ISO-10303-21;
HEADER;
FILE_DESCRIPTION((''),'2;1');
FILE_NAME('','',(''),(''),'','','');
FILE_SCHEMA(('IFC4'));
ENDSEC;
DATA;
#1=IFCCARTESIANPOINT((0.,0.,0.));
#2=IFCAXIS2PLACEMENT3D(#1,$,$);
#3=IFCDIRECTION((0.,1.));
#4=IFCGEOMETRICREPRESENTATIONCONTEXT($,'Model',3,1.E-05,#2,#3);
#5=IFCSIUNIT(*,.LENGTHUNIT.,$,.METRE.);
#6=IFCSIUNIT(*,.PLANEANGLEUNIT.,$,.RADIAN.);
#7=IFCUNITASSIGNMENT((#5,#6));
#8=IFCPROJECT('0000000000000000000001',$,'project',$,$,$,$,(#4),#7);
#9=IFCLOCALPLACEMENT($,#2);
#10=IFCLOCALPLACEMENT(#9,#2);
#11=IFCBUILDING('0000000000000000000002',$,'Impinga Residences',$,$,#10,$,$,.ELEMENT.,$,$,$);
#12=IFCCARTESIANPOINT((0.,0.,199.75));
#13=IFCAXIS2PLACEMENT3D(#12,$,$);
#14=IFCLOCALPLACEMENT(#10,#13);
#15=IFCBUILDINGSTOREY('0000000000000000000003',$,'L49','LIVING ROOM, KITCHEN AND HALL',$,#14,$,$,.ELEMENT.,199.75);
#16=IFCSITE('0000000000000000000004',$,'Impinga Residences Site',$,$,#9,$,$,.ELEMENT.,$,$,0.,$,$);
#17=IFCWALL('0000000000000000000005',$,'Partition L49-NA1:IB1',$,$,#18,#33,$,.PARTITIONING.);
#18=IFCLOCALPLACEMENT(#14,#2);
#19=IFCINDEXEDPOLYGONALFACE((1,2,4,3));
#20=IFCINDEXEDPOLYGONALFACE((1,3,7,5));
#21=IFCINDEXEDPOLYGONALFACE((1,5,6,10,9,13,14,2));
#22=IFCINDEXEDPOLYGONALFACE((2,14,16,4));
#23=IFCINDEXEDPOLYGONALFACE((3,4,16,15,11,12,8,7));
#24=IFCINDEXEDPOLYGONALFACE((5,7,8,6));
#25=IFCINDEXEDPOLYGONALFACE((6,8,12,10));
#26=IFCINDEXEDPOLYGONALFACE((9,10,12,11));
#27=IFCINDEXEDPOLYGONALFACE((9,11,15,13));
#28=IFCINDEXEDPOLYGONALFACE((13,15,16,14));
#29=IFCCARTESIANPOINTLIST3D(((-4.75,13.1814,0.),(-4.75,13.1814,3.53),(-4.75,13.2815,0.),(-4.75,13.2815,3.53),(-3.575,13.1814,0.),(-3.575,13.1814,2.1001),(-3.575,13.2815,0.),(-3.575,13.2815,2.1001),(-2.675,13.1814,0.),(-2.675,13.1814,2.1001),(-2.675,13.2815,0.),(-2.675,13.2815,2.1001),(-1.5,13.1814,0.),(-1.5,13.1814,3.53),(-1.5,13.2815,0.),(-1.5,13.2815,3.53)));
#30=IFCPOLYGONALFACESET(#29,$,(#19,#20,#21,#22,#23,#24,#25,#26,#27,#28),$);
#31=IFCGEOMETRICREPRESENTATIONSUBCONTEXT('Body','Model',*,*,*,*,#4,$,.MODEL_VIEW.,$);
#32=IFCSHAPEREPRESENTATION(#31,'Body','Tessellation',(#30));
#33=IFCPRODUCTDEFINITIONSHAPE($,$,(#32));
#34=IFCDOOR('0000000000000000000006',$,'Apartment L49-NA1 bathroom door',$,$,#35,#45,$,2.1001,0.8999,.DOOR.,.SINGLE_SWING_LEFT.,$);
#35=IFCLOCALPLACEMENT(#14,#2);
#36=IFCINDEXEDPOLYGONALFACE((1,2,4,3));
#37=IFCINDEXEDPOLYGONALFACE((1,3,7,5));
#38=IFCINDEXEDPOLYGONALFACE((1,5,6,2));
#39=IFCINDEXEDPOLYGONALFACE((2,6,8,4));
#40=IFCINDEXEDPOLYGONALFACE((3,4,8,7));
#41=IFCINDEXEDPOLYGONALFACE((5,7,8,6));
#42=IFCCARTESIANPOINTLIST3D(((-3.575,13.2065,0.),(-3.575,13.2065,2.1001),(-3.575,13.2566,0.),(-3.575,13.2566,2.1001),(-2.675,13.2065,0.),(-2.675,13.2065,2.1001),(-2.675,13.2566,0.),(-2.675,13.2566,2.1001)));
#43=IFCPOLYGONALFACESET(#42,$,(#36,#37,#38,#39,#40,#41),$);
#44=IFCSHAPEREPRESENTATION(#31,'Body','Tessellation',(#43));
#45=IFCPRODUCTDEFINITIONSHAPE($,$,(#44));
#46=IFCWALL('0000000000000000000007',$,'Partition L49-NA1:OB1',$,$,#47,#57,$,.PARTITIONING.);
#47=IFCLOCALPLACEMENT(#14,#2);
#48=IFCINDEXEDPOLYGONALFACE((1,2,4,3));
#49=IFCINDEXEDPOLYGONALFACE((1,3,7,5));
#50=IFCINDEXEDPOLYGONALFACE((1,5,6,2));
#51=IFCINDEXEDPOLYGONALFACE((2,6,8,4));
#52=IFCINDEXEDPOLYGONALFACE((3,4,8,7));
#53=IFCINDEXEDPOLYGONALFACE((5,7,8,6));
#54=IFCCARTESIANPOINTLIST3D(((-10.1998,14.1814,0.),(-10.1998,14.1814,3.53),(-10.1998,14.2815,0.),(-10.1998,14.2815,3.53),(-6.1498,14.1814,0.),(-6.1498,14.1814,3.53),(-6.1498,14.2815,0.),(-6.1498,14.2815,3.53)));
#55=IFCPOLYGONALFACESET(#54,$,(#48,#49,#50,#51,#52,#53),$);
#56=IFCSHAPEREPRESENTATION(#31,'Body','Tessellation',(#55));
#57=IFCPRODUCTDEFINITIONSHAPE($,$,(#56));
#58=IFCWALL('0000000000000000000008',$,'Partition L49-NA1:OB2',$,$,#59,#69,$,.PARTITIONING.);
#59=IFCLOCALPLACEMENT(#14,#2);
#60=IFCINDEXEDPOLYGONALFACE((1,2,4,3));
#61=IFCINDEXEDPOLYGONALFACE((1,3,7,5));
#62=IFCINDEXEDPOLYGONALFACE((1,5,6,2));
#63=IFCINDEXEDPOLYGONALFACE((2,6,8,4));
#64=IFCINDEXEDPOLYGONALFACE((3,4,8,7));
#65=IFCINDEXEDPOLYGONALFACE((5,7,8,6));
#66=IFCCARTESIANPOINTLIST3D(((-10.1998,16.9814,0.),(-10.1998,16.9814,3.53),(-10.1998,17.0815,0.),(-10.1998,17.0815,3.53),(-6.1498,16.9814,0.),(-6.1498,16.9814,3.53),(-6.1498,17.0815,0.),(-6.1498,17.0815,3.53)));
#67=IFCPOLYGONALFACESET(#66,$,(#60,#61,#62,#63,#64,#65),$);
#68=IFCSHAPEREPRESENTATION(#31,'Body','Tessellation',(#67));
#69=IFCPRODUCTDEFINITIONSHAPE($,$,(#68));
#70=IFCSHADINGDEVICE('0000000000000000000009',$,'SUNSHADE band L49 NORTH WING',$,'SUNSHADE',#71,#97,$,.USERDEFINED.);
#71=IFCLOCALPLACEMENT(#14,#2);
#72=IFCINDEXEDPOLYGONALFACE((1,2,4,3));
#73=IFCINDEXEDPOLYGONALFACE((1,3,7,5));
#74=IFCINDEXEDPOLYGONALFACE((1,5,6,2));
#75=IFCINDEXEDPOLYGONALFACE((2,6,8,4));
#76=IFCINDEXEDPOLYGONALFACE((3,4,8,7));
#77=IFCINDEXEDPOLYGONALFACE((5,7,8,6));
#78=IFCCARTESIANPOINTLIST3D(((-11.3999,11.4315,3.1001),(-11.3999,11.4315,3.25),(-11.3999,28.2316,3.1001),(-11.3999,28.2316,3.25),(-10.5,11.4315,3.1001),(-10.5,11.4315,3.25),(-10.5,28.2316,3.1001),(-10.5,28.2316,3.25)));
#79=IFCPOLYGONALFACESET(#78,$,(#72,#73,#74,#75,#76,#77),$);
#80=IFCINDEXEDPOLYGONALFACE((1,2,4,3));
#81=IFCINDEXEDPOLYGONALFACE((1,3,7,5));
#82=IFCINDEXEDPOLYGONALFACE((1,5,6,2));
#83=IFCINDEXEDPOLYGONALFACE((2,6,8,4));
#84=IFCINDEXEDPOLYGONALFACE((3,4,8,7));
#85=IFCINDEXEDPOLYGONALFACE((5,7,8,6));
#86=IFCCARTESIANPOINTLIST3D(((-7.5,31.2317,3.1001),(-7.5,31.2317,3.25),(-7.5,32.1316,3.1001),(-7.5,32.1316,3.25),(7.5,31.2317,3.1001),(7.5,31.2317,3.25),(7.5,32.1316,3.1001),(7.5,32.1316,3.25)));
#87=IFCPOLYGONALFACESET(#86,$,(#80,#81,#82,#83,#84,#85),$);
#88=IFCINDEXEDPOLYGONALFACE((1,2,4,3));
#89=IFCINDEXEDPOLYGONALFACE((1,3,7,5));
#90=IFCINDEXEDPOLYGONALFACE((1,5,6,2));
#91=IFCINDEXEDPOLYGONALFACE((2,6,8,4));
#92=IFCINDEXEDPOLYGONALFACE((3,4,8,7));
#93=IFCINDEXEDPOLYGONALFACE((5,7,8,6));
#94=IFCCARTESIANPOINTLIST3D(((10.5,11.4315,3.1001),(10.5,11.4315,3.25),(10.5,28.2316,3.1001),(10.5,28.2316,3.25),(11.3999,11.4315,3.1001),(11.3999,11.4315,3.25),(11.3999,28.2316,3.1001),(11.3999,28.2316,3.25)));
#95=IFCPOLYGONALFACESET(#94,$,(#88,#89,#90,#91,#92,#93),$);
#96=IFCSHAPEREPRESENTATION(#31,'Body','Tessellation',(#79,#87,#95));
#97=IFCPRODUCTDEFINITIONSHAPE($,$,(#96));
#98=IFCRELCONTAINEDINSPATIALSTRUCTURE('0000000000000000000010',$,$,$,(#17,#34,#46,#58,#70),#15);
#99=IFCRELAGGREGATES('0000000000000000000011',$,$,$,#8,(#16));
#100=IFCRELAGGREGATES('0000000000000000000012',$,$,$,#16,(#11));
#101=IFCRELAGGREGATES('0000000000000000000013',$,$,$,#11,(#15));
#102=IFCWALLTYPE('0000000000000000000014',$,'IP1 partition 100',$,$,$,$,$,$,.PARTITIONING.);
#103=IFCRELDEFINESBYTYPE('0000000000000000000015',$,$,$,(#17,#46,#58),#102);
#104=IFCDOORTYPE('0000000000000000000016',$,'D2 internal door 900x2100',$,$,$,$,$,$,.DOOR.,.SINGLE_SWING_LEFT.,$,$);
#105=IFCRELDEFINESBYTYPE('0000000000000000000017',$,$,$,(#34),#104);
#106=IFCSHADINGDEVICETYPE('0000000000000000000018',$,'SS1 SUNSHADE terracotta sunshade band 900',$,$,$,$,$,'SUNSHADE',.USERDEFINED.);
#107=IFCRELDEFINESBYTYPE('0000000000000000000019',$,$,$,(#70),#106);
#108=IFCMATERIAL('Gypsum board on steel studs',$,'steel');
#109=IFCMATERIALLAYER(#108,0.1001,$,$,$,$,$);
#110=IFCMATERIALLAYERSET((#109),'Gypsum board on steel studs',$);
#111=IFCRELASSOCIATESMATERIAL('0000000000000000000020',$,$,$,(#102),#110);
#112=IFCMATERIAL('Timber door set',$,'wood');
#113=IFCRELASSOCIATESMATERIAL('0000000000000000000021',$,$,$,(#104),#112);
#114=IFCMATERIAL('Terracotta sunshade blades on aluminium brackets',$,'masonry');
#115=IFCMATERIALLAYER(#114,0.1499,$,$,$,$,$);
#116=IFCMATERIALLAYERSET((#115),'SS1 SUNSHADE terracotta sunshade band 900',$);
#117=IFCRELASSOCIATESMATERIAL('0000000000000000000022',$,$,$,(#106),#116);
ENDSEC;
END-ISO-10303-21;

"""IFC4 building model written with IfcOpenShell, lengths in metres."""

from ifc_helpers import new_model, si_unit, direction, frame, frame_2d, origin, origin_2d, place, context, subcontext, project, spatial, rectangle, extrude, material, layer, layer_set, type_object, element, fill, save


model = new_model("IFC4")

# Units and contexts
model_context = context("Model", 3, precision=1e-05, world=origin(), true_north=direction((0.0, 1.0)))
body_context = subcontext(model_context, "Body", "Model", "MODEL_VIEW")
ifc_project = project(units=[si_unit("LENGTHUNIT", "METRE"), si_unit("PLANEANGLEUNIT", "RADIAN")], contexts=[model_context])

# Site, building, storey
site_placement = place(None, origin())
site = spatial("IfcSite", under=ifc_project, at=site_placement, Name="Impinga Residences Site", CompositionType="ELEMENT", RefElevation=0.0)
building_placement = place(site_placement, origin())
building = spatial("IfcBuilding", under=site, at=building_placement, Name="Impinga Residences", CompositionType="ELEMENT")
storey_placement = place(building_placement, frame((0.0, 0.0, 199.75)))
storey = spatial("IfcBuildingStorey", under=building, at=storey_placement, Name="L49", Description="LIVING ROOM, KITCHEN AND HALL", CompositionType="ELEMENT", Elevation=199.75)

# Shared definitions
ifc_material_1 = material(Name="Gypsum board on steel studs", Category="steel")
ifc_layer_1 = layer(ifc_material_1, 0.1001)
ifc_layer_set_1 = layer_set([ifc_layer_1], Name="Gypsum board on steel studs")
wall_type_1 = type_object("IfcWallType", Name="IP1 partition 100", PredefinedType="PARTITIONING", material=ifc_layer_set_1)

# Shared definitions
ifc_material_2 = material(Name="Timber door set", Category="wood")
door_type = type_object("IfcDoorType", Name="D2 internal door 900x2100", OperationType="SINGLE_SWING_LEFT", PredefinedType="DOOR", material=ifc_material_2)

# Wall, opening, door
wall_1_placement = place(storey_placement, frame((-1.5, 13.2314, 0.0), z_axis=(0.0, 0.0, 1.0), x_axis=(-1.0, 0.0, 0.0)))
wall_1 = element("IfcWall", 1, at=wall_1_placement, inside=storey, type_object=wall_type_1, Name="Partition L49-NA1:IB1", PredefinedType="PARTITIONING", context=body_context, shape_type="SweptSolid", body=[
    extrude(rectangle(XDim=3.25, YDim=0.1001, at=frame_2d((1.625, 0.0))), origin(), (0.0, 0.0, 1.0), 3.53),
])
opening_1_placement = place(wall_1_placement, frame((1.175, 0.0, 0.0)))
opening_1 = element("IfcOpeningElement", 2, at=opening_1_placement, cuts=wall_1, PredefinedType="OPENING", context=body_context, shape_type="SweptSolid", body=[
    extrude(rectangle(XDim=0.8999, YDim=2.1001, at=frame_2d((0.45, 1.05))), frame((0.0, 0.0601, 0.0), z_axis=(0.0, -1.0, 0.0), x_axis=(1.0, 0.0, 0.0)), (0.0, 0.0, 1.0), 0.1201),
])
door_1_placement = place(opening_1_placement, origin())
door_1 = element("IfcDoor", 3, at=door_1_placement, inside=storey, type_object=door_type, Name="Apartment L49-NA1 bathroom door", OperationType="SINGLE_SWING_LEFT", OverallHeight=2.1001, OverallWidth=0.8999, PredefinedType="DOOR", context=body_context, shape_type="SweptSolid", body=[
    extrude(rectangle(XDim=0.8999, YDim=2.1001, at=frame_2d((0.45, 1.05))), frame((0.0, 0.0249, 0.0), z_axis=(0.0, -1.0, 0.0), x_axis=(1.0, 0.0, 0.0)), (0.0, 0.0, 1.0), 0.05),
])
fill(opening_1, door_1)

# Walls
for number, where, z_axis, x_axis, name in (
    (4, (-6.1499, 14.2314, 0.0), (0.0, 0.0, 1.0), (-1.0, 0.0, 0.0), "Partition L49-NA1:OB1"),
    (5, (-6.1499, 17.0315, 0.0), (0.0, 0.0, 1.0), (-1.0, 0.0, 0.0), "Partition L49-NA1:OB2"),
):
    element("IfcWall", number, at=place(storey_placement, frame(where, z_axis=z_axis, x_axis=x_axis)), inside=storey, type_object=wall_type_1, Name=name, PredefinedType="PARTITIONING", context=body_context, shape_type="SweptSolid", body=[
        extrude(rectangle(XDim=4.05, YDim=0.1001, at=frame_2d((2.0249, 0.0))), origin(), (0.0, 0.0, 1.0), 3.53),
    ])

# Shading device
ifc_material_3 = material(Name="Terracotta sunshade blades on aluminium brackets", Category="masonry")
ifc_layer_2 = layer(ifc_material_3, 0.1499)
ifc_layer_set_2 = layer_set([ifc_layer_2], Name="SS1 SUNSHADE terracotta sunshade band 900")
shading_device_type = type_object("IfcShadingDeviceType", Name="SS1 SUNSHADE terracotta sunshade band 900", ElementType="SUNSHADE", PredefinedType="USERDEFINED", material=ifc_layer_set_2)
shading_device_placement = place(storey_placement, frame((-10.95, 19.8315, 3.1001), z_axis=(0.0, 0.0, 1.0), x_axis=(0.0, 1.0, 0.0)))
element("IfcShadingDevice", 6, at=shading_device_placement, inside=storey, type_object=shading_device_type, Name="SUNSHADE band L49 NORTH WING", ObjectType="SUNSHADE", PredefinedType="USERDEFINED", context=body_context, shape_type="SweptSolid", body=[
    extrude(rectangle(XDim=16.8, YDim=0.8999, at=origin_2d()), origin(), (0.0, 0.0, 1.0), 0.1499),
    extrude(rectangle(XDim=15.0, YDim=0.8999, at=origin_2d()), frame((11.8501, -10.95, 0.0), z_axis=(0.0, 0.0, 1.0), x_axis=(0.0, -1.0, 0.0)), (0.0, 0.0, 1.0), 0.1499),
    extrude(rectangle(XDim=16.8, YDim=0.8999, at=origin_2d()), frame((0.0, -21.8999, 0.0), z_axis=(0.0, 0.0, 1.0), x_axis=(-1.0, 0.0, 0.0)), (0.0, 0.0, 1.0), 0.1499),
])

save(model, "model.ifc")
